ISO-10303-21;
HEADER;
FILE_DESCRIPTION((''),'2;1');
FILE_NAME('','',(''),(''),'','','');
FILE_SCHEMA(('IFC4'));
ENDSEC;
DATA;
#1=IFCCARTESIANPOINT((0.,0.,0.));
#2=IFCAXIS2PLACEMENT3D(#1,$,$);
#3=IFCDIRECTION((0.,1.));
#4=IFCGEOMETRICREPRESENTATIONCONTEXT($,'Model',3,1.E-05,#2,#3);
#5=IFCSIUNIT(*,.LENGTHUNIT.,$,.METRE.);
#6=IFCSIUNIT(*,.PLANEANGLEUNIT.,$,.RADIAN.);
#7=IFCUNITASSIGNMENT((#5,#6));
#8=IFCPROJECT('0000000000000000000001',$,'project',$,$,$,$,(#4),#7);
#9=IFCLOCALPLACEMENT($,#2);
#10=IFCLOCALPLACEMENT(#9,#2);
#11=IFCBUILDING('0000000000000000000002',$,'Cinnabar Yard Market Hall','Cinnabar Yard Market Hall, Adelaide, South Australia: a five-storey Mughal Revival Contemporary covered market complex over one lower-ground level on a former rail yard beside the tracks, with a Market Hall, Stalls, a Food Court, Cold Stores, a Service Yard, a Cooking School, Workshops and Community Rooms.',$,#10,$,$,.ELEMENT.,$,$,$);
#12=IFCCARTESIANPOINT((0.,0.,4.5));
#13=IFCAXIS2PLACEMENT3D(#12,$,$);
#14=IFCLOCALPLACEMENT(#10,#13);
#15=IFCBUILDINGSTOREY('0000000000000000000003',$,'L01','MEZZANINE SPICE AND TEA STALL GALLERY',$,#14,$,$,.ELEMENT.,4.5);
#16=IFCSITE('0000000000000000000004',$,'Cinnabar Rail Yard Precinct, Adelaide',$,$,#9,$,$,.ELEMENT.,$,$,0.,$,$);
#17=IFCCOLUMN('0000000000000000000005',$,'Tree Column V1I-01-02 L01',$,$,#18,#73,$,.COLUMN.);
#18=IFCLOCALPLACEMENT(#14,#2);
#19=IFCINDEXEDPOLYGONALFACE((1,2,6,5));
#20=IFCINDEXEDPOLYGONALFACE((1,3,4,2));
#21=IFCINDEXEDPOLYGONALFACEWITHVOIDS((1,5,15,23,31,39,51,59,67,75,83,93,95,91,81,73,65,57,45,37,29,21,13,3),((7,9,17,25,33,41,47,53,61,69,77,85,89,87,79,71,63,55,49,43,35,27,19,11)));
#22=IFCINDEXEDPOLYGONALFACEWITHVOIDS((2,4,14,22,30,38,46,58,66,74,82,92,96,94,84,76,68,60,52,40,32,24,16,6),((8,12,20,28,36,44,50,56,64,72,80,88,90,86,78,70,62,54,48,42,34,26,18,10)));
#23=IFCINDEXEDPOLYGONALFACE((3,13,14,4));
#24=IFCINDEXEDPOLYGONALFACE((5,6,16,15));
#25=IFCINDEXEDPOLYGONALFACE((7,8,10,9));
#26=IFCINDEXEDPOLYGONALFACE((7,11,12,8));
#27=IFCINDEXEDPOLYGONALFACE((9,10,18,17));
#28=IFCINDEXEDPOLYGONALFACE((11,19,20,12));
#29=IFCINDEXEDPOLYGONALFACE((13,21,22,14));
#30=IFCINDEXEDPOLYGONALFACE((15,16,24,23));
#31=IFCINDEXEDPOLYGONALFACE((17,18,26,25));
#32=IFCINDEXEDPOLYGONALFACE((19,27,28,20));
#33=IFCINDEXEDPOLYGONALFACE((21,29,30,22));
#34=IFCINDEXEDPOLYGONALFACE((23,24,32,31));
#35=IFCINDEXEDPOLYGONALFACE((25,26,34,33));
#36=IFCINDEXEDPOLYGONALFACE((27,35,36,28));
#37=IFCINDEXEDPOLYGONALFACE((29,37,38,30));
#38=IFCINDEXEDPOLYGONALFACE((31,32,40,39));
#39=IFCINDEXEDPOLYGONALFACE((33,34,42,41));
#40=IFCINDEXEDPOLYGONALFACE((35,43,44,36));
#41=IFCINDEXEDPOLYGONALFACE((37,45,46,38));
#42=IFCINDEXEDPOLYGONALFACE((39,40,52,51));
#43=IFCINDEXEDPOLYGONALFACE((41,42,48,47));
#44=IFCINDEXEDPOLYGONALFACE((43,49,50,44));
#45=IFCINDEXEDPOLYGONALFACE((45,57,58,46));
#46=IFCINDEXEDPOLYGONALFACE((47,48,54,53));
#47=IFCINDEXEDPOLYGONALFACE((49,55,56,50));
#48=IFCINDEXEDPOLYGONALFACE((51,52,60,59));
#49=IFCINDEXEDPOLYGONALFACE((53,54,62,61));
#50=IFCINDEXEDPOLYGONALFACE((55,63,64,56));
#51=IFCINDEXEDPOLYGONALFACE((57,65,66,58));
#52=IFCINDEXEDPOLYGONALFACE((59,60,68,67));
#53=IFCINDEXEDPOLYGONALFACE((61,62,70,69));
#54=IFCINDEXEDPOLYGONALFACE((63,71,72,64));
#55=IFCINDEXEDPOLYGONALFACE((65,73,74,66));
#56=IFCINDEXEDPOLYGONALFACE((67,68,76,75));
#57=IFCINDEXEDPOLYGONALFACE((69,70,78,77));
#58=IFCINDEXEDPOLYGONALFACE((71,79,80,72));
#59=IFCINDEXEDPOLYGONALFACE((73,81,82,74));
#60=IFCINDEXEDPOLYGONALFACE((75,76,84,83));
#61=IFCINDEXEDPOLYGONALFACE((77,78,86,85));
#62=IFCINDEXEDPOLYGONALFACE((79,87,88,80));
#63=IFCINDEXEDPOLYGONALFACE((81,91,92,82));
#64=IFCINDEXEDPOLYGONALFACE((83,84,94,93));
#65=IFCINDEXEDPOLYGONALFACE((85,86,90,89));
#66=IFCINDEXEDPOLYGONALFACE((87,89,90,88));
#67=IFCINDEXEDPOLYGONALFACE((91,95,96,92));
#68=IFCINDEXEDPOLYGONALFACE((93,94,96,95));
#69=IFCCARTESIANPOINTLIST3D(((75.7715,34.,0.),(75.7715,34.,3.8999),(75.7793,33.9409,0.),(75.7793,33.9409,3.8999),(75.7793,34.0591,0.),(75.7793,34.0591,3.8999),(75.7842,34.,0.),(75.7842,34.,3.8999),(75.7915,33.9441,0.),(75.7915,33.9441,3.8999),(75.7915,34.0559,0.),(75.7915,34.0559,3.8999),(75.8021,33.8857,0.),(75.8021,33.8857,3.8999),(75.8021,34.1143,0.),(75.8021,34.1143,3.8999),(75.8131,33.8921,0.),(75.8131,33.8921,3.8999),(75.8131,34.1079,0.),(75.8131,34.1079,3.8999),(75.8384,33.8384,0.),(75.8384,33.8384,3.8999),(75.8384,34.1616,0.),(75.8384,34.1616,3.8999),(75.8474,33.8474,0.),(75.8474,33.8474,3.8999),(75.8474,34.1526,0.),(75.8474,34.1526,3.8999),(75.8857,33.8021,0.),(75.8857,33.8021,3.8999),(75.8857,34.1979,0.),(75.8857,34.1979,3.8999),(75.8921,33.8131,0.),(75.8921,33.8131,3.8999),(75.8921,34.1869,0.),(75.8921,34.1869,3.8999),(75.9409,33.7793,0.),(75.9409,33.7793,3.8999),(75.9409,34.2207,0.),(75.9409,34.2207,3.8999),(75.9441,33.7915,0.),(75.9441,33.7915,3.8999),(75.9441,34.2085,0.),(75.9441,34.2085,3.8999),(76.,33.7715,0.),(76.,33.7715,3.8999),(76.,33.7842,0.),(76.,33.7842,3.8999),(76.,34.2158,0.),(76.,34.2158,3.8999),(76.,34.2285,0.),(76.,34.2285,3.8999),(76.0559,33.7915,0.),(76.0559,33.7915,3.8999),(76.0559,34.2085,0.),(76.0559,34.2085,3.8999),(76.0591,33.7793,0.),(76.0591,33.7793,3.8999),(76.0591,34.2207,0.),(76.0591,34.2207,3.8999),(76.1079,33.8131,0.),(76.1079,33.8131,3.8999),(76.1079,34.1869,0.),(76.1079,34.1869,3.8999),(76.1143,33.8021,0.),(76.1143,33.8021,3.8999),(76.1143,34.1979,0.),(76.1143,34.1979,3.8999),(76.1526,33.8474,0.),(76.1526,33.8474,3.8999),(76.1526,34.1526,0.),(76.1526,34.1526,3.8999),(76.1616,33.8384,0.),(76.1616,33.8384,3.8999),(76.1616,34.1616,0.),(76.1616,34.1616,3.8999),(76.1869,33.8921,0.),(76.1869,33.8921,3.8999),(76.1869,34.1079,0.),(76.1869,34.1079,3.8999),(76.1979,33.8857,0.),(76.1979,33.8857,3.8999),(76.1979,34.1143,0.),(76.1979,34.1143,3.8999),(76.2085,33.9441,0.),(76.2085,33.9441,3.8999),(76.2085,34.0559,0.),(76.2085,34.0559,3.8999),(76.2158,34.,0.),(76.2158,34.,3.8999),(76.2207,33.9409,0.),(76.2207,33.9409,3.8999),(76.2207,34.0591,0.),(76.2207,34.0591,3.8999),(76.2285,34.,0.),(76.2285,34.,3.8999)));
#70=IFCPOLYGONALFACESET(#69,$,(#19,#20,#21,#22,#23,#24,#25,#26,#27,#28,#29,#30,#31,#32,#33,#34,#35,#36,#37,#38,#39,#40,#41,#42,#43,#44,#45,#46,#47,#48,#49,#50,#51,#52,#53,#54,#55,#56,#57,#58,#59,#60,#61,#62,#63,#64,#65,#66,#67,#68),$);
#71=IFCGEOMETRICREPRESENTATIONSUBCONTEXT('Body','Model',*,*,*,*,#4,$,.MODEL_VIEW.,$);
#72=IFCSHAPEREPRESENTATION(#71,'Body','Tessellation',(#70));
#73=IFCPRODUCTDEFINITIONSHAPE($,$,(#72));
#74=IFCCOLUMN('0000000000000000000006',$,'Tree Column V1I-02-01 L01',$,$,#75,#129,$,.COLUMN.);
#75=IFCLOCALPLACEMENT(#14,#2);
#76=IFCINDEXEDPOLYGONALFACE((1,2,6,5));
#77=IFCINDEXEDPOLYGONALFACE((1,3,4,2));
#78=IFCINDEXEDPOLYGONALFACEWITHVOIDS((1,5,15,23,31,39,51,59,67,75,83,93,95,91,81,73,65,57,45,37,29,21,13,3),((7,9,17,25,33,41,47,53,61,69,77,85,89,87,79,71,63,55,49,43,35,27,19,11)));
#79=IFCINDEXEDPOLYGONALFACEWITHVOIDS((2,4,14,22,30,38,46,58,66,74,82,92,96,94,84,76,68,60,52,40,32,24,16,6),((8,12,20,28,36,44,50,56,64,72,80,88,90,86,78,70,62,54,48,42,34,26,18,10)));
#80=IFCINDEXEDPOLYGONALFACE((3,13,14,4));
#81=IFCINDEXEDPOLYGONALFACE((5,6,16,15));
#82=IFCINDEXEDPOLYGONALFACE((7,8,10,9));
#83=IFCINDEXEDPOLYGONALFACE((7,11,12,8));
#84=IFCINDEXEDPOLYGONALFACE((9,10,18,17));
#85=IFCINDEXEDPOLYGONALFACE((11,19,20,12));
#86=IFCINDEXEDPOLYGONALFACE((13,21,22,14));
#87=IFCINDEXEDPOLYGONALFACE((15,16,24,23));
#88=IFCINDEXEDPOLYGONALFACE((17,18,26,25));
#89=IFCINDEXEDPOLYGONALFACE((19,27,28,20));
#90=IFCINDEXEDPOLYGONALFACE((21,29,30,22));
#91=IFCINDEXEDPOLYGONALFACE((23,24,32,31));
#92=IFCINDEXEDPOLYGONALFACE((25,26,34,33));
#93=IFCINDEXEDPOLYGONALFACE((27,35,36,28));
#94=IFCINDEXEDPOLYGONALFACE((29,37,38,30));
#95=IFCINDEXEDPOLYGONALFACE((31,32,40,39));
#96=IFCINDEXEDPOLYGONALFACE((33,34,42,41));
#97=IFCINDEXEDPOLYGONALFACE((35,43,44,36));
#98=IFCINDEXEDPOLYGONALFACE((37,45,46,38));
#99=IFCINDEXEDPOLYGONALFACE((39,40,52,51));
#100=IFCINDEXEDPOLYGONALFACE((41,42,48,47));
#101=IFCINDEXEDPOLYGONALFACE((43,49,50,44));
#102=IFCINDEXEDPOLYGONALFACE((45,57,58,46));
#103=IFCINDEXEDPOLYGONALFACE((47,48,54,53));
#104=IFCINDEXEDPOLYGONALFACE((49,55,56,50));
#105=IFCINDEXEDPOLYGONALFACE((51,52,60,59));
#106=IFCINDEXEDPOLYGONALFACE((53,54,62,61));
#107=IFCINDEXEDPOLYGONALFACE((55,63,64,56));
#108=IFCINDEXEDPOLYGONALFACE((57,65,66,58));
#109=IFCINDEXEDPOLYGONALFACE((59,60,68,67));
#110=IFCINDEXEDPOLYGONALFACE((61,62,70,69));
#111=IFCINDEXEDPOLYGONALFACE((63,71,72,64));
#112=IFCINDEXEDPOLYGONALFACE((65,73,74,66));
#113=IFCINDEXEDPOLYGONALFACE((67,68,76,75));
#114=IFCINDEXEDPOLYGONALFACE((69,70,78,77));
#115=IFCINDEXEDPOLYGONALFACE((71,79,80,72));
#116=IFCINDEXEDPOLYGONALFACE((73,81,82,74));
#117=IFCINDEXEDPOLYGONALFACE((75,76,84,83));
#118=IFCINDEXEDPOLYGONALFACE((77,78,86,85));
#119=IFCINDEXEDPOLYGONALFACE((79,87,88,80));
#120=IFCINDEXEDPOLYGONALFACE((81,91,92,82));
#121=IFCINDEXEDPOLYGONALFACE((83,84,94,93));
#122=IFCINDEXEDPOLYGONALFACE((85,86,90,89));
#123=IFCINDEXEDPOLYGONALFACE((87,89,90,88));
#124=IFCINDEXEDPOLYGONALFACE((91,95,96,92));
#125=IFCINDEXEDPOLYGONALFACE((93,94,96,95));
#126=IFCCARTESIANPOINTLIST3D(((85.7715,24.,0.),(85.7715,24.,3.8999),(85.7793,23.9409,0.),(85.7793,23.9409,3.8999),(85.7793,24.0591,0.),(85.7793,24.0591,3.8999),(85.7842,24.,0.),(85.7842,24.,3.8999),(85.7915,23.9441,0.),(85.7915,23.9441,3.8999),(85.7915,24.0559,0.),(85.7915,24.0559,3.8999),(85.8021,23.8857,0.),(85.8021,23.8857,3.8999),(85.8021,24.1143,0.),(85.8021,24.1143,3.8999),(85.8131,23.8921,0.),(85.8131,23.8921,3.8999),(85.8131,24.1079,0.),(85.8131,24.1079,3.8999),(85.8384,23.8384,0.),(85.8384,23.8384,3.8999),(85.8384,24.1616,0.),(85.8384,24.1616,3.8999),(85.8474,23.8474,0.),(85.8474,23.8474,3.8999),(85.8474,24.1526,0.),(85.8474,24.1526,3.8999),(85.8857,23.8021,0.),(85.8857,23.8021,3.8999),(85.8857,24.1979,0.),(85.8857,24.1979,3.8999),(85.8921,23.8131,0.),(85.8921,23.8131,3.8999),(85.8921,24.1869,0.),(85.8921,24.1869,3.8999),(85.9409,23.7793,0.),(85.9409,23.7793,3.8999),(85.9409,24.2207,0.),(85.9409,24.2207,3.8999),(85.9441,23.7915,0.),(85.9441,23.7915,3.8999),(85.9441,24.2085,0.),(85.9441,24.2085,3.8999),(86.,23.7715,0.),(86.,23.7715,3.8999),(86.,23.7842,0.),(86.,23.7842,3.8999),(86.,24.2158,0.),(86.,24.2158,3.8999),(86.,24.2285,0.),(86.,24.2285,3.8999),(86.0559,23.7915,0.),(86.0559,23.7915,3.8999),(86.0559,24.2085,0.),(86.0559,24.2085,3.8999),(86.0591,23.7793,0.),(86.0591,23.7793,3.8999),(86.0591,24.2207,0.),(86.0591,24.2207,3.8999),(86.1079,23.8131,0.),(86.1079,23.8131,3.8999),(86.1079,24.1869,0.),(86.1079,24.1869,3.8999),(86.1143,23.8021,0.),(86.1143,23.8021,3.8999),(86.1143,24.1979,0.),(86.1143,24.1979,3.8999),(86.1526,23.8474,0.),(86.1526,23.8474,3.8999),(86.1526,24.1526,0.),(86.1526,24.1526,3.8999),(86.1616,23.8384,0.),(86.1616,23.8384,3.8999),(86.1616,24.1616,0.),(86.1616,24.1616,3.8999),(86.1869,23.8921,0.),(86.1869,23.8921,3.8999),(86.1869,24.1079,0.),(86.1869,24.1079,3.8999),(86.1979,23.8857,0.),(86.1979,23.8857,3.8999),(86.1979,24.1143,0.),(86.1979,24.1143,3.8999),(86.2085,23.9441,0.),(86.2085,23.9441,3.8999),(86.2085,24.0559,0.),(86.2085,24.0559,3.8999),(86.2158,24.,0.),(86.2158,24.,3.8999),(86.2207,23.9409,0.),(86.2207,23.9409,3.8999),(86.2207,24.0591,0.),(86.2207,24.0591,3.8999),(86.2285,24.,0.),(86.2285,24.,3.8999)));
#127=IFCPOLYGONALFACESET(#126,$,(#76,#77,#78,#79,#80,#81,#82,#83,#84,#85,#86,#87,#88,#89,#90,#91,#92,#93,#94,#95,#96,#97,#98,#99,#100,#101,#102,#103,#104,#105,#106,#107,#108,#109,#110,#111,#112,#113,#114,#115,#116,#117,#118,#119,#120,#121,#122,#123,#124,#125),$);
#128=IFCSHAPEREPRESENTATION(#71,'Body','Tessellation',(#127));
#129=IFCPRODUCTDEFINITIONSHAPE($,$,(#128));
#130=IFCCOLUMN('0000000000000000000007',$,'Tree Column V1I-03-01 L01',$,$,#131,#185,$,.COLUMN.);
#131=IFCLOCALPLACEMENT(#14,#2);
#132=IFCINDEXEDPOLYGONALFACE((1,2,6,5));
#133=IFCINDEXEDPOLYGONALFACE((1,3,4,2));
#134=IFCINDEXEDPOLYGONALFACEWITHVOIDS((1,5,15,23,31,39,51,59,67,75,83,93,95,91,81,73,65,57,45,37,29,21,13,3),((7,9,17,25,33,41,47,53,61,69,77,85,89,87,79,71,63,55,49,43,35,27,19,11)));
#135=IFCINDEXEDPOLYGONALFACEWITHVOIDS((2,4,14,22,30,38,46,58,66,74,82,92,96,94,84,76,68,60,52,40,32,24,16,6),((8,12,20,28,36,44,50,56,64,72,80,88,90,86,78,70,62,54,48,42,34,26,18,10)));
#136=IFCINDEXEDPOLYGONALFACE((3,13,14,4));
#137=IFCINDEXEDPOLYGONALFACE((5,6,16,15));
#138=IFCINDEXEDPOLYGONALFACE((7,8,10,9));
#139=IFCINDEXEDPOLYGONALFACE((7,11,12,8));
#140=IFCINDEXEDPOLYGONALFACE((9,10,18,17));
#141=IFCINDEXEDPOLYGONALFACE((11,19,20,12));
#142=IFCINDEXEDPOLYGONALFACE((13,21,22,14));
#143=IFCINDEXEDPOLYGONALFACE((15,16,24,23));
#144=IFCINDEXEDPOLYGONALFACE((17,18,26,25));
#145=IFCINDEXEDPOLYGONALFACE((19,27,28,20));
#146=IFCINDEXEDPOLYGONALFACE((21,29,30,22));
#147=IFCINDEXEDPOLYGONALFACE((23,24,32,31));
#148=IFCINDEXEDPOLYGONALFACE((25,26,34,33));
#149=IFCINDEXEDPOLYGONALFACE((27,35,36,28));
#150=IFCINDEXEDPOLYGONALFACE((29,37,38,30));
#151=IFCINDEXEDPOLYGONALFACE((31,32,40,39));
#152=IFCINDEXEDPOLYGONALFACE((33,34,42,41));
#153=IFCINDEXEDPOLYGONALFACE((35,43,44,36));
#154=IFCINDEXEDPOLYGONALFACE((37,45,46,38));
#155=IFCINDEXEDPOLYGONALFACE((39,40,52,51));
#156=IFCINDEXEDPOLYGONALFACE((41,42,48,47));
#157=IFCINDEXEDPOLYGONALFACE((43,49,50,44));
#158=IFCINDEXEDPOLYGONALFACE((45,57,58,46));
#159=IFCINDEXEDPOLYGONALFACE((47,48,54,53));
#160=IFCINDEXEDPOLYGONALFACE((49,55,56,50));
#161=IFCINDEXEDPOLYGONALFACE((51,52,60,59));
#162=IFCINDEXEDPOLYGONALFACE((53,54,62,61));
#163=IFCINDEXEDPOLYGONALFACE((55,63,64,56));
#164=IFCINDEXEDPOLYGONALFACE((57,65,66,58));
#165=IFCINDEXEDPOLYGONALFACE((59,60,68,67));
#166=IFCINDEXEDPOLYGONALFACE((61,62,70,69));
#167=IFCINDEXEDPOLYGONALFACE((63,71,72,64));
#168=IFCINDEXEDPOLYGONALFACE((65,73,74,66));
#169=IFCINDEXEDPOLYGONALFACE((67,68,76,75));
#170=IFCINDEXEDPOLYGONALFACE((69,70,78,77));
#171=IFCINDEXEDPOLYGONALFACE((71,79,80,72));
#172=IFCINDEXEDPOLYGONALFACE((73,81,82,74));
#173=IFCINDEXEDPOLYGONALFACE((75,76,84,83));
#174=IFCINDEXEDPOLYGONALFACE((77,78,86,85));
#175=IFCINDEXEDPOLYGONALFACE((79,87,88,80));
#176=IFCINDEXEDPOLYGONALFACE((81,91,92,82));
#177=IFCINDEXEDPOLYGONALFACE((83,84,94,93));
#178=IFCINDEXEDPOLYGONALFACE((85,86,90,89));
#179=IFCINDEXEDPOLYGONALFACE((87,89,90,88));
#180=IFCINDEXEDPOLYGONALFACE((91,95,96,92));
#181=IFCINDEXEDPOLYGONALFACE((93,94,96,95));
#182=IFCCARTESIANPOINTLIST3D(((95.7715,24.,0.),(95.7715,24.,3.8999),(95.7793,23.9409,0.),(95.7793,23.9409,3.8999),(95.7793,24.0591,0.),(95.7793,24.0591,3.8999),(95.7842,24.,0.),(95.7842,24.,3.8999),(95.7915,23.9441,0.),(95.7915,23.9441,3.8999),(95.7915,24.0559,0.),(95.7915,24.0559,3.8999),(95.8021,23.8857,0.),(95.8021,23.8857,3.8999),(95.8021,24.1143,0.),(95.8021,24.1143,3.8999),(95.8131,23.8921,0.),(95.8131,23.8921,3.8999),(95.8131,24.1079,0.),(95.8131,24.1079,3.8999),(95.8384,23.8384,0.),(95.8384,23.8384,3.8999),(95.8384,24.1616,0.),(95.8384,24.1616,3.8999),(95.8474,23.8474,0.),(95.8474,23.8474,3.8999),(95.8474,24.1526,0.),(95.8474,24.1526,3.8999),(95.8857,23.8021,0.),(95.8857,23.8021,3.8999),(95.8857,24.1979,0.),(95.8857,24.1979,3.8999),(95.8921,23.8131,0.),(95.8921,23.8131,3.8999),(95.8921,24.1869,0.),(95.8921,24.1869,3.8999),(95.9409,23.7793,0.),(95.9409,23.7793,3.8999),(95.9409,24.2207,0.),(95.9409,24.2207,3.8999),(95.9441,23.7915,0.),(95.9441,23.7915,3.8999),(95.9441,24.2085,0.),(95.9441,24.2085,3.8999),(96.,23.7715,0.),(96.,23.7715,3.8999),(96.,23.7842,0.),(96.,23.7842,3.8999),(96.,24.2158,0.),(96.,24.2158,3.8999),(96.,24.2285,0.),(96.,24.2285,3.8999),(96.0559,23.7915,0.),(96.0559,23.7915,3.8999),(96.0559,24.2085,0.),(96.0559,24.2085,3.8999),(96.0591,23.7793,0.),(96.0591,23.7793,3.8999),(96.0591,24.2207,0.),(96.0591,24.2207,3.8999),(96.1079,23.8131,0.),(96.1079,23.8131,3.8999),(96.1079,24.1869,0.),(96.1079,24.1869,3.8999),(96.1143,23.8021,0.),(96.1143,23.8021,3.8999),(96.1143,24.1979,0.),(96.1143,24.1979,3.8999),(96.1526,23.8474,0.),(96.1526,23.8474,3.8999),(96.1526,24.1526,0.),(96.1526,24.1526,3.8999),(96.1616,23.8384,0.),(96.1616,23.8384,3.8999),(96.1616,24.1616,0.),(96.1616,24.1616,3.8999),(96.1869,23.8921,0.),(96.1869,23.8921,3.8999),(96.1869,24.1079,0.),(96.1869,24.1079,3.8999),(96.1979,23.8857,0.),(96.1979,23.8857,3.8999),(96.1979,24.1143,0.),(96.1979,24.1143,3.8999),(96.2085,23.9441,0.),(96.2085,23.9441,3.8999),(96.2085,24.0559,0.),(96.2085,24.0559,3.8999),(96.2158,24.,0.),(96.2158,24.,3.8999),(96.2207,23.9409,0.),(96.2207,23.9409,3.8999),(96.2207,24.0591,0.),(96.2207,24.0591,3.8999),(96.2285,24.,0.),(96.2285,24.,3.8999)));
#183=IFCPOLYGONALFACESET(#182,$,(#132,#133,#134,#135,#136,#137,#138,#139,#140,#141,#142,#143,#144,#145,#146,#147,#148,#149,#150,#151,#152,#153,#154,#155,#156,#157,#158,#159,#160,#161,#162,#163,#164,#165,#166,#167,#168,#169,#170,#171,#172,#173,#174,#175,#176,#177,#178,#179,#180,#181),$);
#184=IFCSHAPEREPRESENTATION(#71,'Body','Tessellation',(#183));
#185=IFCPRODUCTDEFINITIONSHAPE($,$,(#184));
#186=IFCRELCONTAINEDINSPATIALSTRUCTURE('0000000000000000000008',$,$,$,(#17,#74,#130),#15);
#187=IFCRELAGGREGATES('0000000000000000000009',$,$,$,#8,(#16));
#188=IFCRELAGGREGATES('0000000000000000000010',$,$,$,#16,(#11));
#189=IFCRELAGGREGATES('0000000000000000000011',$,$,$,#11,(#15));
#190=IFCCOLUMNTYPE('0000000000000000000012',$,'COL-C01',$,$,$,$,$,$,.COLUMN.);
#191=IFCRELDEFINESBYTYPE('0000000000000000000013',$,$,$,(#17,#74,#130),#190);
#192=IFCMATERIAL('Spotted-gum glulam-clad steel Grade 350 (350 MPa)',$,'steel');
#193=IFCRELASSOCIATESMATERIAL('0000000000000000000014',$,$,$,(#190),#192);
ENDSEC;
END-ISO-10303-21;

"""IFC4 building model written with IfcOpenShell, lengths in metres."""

from ifc_helpers import new_model, si_unit, direction, frame, origin, origin_2d_with_axis, place, context, subcontext, project, spatial, hollow_circle, extrude, material, material_profile, profile_set, type_object, element, save


model = new_model("IFC4")

# Units and contexts
model_context = context("Model", 3, precision=1e-05, world=origin(), true_north=direction((0.0, 1.0)))
body_context = subcontext(model_context, "Body", "Model", "MODEL_VIEW")
ifc_project = project(units=[si_unit("LENGTHUNIT", "METRE"), si_unit("PLANEANGLEUNIT", "RADIAN")], contexts=[model_context])

# Site, building, storey
site_placement = place(None, origin())
site = spatial("IfcSite", under=ifc_project, at=site_placement, Name="Cinnabar Rail Yard Precinct, Adelaide", CompositionType="ELEMENT", RefElevation=0.0)
building_placement = place(site_placement, origin())
building = spatial("IfcBuilding", under=site, at=building_placement, Name="Cinnabar Yard Market Hall", Description="Cinnabar Yard Market Hall, Adelaide, South Australia: a five-storey Mughal Revival Contemporary covered market complex over one lower-ground level on a former rail yard beside the tracks, with a Market Hall, Stalls, a Food Court, Cold Stores, a Service Yard, a Cooking School, Workshops and Community Rooms.", CompositionType="ELEMENT")
storey_placement = place(building_placement, frame((0.0, 0.0, 4.5)))
storey = spatial("IfcBuildingStorey", under=building, at=storey_placement, Name="L01", Description="MEZZANINE SPICE AND TEA STALL GALLERY", CompositionType="ELEMENT", Elevation=4.5)

# Columns
ifc_material_1 = material(Name="Spotted-gum glulam-clad steel Grade 350 (350 MPa)", Category="steel")
ifc_material_profile_1 = material_profile(ifc_material_1, hollow_circle(Radius=0.2285, WallThickness=0.0127, at=origin_2d_with_axis()), Name="457.0x12.7CHS")
ifc_profile_set_1 = profile_set([ifc_material_profile_1], Name="Spotted-gum glulam-clad steel Grade 350 (350 MPa)")
column_type_1 = type_object("IfcColumnType", Name="COL-C01", PredefinedType="COLUMN", material=ifc_profile_set_1)
for number, where, z_axis, x_axis, name in (
    (1, (76.0, 34.0, 0.0), (0.0, 0.0, 1.0), (1.0, 0.0, 0.0), "Tree Column V1I-01-02 L01"),
    (2, (86.0, 24.0, 0.0), (0.0, 0.0, 1.0), (1.0, 0.0, 0.0), "Tree Column V1I-02-01 L01"),
    (3, (96.0, 24.0, 0.0), (0.0, 0.0, 1.0), (1.0, 0.0, 0.0), "Tree Column V1I-03-01 L01"),
):
    element("IfcColumn", number, at=place(storey_placement, frame(where, z_axis=z_axis, x_axis=x_axis)), inside=storey, type_object=column_type_1, Name=name, PredefinedType="COLUMN", context=body_context, shape_type="SweptSolid", body=[
        extrude(hollow_circle(Radius=0.2285, WallThickness=0.0127, at=origin_2d_with_axis()), origin(), (0.0, 0.0, 1.0), 3.8999),
    ])

save(model, "model.ifc")
